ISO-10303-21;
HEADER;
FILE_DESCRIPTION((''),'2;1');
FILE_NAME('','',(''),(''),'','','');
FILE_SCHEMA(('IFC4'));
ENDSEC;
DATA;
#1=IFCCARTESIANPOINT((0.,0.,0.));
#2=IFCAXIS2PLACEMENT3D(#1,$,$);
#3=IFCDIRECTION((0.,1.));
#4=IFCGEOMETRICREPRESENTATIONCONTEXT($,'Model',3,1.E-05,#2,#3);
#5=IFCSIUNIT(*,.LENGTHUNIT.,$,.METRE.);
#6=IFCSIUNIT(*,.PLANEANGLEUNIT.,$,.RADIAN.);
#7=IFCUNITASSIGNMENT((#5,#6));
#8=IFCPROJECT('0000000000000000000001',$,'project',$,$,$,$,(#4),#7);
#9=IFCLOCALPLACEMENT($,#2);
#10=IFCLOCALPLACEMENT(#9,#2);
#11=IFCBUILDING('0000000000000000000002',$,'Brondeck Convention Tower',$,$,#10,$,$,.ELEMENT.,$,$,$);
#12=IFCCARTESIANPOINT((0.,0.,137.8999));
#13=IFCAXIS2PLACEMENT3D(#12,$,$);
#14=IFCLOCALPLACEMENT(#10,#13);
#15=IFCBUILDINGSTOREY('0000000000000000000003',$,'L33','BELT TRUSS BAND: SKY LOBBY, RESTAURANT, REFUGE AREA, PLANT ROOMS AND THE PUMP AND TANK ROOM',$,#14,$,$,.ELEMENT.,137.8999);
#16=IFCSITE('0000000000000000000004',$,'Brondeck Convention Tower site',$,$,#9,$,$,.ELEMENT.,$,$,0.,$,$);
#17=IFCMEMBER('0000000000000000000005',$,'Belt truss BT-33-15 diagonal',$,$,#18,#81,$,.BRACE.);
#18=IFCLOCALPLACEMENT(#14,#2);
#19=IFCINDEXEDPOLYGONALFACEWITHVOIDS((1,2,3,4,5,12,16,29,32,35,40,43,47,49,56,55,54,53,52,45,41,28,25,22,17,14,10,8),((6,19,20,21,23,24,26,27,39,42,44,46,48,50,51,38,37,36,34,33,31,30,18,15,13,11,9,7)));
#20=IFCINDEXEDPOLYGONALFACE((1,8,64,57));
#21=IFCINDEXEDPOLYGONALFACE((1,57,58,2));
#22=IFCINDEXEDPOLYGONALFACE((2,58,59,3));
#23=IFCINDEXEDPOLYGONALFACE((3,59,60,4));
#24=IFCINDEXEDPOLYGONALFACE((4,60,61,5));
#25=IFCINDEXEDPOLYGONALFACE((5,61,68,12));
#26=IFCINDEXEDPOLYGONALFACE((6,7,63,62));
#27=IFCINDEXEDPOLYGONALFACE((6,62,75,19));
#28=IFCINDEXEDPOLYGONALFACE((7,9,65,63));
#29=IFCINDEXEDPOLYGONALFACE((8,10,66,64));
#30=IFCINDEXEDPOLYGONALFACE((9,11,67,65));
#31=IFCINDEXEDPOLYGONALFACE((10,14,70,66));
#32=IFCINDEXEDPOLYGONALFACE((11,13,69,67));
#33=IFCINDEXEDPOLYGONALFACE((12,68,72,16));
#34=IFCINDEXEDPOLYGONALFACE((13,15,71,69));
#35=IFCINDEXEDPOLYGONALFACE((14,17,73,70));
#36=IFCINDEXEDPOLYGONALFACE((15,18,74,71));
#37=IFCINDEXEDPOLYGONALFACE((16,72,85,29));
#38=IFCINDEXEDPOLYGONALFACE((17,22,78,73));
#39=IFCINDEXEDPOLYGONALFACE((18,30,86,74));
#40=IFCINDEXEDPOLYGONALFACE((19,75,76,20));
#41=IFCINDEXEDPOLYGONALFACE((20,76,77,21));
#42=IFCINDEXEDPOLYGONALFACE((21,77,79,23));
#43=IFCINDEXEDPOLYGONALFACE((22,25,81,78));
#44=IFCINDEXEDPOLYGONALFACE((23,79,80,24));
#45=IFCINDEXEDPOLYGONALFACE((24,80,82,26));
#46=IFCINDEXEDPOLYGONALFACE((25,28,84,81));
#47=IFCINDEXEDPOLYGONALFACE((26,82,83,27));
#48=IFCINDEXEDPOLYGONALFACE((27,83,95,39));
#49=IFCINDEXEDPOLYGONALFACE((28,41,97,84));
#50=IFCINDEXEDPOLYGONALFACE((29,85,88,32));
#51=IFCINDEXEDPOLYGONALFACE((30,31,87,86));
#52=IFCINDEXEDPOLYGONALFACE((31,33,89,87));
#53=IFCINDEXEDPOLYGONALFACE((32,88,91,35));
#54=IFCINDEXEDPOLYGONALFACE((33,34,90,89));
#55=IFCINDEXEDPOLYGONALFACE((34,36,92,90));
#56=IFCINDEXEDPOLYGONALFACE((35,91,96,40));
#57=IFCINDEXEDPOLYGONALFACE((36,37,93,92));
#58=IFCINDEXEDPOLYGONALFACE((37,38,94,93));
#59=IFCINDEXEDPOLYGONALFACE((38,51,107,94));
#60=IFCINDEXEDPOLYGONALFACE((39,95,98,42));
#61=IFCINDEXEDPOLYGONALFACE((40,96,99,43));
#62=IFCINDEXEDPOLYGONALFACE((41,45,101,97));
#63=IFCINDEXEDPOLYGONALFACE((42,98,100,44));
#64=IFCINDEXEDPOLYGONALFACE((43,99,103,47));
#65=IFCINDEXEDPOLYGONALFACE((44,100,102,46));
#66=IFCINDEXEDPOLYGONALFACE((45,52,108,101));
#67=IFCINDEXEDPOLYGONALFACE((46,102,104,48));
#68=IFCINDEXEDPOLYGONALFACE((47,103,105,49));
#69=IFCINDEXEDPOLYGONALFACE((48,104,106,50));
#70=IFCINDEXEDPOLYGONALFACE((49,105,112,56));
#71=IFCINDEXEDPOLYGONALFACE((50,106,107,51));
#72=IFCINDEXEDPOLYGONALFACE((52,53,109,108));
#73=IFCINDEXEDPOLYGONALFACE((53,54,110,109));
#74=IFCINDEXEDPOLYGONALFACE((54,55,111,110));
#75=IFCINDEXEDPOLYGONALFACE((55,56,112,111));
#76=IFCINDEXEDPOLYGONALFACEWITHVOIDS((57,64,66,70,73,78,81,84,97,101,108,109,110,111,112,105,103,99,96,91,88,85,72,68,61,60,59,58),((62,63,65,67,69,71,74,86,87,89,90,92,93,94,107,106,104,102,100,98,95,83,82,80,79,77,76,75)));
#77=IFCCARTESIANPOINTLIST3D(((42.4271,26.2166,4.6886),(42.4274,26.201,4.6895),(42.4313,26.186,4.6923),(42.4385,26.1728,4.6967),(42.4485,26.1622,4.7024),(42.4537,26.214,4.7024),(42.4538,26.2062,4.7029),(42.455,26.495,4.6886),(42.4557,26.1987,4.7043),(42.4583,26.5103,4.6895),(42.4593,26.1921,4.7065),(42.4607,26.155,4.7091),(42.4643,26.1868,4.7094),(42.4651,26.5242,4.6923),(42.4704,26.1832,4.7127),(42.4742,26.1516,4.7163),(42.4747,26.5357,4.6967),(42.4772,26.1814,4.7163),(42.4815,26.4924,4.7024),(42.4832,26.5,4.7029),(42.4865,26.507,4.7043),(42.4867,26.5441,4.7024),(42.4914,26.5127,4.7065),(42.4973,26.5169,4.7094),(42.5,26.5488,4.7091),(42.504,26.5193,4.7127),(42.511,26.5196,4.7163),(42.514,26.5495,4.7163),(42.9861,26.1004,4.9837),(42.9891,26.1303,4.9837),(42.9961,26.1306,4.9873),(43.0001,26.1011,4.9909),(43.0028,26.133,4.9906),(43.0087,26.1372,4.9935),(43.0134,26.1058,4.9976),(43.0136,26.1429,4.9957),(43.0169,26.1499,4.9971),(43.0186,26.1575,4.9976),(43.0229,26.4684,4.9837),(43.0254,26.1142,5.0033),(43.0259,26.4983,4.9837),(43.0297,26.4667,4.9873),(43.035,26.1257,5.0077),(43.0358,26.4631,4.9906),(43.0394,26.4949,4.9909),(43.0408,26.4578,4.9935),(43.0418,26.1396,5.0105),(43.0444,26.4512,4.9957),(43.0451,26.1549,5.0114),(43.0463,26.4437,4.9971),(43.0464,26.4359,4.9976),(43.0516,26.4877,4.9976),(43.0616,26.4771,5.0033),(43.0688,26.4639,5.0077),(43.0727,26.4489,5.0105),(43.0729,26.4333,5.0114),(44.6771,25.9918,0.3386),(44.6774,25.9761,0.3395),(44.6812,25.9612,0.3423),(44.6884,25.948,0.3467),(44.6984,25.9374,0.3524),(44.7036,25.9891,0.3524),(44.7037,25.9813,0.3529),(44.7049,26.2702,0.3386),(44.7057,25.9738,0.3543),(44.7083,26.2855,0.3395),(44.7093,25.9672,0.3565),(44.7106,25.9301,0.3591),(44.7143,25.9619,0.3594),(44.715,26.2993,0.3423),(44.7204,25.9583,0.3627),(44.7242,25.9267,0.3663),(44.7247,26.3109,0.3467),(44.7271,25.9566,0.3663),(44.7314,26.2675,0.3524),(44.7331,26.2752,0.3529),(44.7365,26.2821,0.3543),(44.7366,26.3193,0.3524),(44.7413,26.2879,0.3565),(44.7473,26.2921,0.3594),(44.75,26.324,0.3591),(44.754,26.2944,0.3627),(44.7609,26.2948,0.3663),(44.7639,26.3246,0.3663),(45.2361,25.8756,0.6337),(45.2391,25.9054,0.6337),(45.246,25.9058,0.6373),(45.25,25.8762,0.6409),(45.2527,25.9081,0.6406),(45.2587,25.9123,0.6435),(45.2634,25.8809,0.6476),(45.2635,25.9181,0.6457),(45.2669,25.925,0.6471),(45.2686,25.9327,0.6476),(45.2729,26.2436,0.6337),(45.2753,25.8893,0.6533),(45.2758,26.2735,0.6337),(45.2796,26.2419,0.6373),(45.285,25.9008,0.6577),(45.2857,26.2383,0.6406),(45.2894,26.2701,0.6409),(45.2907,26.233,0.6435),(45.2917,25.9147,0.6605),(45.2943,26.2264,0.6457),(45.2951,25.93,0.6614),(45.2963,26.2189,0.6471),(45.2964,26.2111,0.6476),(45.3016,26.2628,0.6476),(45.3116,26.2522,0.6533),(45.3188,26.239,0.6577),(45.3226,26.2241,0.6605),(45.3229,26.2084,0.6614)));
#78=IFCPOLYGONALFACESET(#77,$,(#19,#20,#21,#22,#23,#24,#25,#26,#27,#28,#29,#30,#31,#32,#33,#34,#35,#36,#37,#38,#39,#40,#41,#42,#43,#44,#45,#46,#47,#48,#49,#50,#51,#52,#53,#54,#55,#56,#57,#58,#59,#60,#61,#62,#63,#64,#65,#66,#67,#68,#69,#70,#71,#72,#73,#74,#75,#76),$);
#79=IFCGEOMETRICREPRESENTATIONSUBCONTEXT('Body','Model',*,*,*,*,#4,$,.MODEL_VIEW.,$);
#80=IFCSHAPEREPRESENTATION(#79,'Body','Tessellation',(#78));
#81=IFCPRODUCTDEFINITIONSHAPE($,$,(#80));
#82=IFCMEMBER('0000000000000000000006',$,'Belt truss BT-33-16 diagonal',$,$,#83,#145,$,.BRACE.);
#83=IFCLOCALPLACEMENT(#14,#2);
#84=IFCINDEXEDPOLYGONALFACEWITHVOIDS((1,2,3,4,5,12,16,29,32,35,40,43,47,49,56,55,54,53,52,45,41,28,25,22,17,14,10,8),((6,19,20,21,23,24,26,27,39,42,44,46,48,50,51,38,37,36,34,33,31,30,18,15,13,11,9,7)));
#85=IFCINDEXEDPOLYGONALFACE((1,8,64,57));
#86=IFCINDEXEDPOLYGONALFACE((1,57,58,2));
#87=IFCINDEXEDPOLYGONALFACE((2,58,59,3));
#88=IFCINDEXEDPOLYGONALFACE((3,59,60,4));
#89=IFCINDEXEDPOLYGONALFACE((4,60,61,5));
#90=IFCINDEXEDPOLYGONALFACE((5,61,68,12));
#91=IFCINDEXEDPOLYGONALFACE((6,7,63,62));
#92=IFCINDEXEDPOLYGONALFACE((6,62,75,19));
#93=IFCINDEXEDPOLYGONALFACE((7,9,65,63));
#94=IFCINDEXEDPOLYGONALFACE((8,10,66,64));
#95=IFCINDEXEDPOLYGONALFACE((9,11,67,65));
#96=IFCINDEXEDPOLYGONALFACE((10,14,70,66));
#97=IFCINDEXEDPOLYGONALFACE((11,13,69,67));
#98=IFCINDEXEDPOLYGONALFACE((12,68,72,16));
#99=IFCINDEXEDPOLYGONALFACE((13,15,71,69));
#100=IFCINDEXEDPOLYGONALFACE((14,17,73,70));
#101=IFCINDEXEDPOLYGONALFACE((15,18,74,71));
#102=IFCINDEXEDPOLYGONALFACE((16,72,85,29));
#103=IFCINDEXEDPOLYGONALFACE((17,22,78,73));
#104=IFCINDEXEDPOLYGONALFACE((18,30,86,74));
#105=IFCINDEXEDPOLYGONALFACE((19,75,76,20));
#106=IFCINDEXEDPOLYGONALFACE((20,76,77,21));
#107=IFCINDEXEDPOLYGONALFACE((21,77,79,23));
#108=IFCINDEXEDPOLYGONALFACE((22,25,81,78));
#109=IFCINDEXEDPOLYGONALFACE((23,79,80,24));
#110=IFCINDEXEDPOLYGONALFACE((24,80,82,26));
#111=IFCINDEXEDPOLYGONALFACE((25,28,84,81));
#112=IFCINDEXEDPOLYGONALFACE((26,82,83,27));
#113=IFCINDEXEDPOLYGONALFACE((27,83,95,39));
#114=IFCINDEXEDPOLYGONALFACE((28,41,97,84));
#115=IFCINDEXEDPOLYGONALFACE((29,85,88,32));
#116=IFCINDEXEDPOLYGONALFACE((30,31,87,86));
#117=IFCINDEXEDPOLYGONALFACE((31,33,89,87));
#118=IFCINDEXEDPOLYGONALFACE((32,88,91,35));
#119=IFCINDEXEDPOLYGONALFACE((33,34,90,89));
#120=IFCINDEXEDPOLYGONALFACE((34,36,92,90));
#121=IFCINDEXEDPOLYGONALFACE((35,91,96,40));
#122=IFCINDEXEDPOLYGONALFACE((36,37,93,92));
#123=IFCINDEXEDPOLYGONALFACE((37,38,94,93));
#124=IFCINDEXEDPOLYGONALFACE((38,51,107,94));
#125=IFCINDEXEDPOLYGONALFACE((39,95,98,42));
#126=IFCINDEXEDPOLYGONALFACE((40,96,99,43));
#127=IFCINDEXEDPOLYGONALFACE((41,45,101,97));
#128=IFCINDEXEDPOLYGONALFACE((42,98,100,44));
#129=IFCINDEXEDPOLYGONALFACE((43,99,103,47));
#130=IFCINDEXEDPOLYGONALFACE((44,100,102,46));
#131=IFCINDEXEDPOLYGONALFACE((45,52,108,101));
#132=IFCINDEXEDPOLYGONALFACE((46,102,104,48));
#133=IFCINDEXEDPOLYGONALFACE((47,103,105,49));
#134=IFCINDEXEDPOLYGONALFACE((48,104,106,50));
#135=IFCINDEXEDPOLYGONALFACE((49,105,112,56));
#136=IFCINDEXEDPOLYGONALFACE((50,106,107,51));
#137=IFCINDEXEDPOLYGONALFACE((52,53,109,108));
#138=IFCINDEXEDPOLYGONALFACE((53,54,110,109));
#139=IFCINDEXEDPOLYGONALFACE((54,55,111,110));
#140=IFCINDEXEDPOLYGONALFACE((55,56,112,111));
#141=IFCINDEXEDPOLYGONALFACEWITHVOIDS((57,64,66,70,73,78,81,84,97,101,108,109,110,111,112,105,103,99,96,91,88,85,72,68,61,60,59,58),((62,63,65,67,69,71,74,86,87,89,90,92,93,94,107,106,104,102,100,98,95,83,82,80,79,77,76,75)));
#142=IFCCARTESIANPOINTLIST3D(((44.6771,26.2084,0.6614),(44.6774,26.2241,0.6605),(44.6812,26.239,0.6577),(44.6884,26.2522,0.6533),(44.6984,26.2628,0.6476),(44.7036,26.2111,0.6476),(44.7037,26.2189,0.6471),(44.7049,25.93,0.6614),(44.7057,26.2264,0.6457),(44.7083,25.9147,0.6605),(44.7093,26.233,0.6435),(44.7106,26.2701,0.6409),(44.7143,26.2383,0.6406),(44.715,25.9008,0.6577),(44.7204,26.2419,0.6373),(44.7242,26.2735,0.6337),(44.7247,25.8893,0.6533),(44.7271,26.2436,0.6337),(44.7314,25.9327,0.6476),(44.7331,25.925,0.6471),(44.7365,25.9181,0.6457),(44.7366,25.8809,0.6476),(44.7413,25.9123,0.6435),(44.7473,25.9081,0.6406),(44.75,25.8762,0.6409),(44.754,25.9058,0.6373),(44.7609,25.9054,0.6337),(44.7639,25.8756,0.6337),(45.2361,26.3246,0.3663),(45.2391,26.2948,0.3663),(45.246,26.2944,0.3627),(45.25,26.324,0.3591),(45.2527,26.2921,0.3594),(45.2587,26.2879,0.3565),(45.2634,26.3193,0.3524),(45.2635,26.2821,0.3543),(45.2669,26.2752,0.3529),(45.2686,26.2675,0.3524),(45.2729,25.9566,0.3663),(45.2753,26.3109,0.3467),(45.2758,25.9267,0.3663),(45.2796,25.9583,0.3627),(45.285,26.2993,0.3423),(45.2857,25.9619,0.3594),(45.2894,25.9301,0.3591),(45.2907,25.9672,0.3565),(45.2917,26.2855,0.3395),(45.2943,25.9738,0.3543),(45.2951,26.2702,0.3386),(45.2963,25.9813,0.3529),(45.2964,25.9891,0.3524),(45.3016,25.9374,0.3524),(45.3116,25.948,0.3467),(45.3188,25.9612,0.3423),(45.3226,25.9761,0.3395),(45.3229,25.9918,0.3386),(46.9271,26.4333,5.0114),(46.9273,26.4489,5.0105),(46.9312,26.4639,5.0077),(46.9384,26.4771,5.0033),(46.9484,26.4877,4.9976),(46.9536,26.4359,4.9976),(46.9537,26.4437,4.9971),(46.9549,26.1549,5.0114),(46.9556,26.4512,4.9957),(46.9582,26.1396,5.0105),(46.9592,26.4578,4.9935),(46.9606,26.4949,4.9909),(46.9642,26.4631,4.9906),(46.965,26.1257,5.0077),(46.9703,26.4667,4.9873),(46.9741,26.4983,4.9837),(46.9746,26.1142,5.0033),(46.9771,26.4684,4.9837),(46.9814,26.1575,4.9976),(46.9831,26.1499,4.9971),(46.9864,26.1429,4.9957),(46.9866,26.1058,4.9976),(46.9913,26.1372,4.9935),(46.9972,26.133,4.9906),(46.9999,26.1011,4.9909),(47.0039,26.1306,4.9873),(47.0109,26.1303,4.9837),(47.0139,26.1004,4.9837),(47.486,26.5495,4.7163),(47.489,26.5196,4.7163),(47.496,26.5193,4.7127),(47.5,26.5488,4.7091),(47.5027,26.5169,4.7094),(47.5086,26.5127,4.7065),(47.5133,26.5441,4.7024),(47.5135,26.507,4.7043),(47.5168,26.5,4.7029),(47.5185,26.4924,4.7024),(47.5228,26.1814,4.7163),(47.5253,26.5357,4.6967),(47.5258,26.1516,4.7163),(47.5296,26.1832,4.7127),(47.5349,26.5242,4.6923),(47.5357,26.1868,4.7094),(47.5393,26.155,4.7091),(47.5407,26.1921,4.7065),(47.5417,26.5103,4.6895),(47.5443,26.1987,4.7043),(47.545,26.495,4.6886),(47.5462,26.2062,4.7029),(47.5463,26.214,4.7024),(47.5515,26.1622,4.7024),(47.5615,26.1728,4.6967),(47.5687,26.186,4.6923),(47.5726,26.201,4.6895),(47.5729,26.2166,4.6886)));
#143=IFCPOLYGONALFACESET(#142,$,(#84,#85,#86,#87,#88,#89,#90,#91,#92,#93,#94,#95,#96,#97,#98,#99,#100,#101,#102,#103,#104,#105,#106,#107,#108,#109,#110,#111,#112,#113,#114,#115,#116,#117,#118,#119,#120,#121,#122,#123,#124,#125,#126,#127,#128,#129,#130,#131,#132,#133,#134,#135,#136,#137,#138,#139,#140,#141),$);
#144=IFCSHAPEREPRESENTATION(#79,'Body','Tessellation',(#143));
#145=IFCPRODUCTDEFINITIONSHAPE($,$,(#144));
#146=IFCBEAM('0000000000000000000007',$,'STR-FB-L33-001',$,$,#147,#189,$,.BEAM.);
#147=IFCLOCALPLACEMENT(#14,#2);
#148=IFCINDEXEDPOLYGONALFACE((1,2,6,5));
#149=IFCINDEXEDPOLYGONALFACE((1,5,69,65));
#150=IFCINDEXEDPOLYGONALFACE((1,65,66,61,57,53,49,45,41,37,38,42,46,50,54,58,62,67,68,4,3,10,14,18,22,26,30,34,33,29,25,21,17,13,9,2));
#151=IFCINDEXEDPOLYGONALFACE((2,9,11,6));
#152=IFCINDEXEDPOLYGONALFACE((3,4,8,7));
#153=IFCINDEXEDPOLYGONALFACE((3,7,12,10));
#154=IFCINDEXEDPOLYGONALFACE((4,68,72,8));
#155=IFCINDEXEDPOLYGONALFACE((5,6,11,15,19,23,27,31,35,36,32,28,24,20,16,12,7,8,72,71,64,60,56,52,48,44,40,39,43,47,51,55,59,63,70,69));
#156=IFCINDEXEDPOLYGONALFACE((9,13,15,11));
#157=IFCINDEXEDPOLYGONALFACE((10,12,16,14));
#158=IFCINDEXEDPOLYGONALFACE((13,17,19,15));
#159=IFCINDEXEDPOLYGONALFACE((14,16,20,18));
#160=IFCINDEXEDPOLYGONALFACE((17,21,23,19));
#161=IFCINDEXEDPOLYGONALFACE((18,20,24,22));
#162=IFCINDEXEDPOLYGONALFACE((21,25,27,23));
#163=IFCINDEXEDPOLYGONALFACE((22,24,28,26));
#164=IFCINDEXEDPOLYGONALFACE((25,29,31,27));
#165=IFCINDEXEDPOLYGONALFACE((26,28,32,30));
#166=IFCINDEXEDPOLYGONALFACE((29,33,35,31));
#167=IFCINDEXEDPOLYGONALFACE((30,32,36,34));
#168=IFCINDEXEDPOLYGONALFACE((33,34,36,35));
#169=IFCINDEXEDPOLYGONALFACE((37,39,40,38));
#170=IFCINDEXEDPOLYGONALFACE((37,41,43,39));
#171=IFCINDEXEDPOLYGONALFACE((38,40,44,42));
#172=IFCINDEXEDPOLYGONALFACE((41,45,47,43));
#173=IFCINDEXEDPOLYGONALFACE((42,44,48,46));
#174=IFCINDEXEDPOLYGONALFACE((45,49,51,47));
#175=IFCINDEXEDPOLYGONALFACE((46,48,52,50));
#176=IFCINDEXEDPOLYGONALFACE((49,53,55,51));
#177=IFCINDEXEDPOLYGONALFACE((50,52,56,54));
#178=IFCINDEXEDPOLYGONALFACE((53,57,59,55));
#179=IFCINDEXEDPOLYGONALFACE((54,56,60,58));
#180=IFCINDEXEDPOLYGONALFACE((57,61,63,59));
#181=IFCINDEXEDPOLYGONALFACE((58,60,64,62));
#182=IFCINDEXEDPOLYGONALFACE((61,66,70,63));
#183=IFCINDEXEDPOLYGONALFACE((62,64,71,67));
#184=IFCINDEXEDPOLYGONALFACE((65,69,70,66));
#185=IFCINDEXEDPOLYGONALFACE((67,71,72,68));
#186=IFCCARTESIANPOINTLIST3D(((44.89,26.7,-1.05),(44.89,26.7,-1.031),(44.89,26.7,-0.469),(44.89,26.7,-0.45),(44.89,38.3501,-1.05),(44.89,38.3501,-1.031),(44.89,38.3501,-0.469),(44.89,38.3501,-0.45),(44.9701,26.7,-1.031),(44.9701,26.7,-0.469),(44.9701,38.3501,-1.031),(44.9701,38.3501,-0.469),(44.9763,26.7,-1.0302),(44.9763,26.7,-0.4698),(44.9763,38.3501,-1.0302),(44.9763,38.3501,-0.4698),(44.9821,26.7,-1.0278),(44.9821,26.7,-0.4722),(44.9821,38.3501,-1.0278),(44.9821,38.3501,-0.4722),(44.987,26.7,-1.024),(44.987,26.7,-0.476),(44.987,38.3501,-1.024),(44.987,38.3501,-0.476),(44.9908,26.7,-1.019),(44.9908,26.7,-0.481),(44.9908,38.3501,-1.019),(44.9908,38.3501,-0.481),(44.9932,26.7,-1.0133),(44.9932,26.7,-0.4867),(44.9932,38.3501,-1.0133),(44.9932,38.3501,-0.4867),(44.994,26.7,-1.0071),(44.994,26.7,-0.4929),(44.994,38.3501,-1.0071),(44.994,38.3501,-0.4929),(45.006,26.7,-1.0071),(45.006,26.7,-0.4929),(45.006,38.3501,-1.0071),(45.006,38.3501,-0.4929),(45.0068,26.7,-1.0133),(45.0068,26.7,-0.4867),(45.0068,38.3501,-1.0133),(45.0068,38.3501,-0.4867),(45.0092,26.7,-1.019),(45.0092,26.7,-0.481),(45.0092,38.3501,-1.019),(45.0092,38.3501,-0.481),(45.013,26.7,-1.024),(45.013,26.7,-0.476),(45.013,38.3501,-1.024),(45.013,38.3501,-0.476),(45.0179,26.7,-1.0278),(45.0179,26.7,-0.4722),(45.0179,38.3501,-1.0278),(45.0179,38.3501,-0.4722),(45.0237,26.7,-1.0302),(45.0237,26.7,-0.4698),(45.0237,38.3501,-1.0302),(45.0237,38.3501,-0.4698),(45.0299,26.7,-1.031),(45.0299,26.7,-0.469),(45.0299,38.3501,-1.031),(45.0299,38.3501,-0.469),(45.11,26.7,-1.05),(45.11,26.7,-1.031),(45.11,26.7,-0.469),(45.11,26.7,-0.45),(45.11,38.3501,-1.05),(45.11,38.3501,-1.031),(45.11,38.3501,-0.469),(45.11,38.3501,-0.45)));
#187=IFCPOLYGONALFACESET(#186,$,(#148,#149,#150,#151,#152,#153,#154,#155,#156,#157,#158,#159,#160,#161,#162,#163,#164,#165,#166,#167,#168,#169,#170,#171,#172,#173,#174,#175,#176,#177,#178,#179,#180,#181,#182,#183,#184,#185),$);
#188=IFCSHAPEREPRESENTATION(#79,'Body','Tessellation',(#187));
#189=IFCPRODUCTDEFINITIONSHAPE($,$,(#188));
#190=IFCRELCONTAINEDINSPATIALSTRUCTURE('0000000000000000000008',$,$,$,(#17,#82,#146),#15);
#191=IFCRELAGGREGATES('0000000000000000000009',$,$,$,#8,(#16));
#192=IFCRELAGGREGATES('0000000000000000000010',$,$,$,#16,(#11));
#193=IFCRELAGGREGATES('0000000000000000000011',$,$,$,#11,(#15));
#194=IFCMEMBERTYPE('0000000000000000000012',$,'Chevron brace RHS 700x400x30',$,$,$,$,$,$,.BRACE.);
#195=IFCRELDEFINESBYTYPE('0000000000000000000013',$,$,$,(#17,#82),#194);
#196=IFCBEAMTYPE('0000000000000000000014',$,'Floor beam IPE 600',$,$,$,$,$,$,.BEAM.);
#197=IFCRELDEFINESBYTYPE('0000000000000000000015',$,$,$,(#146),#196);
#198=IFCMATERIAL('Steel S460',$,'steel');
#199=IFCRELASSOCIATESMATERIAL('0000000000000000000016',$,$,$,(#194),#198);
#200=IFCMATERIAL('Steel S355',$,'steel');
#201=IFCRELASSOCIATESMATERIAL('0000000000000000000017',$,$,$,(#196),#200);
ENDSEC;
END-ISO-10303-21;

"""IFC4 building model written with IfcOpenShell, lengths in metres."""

from ifc_helpers import new_model, si_unit, direction, frame, origin, origin_2d, place, context, subcontext, project, spatial, hollow_rectangle, i_section, extrude, material, material_profile, profile_set, type_object, element, save


model = new_model("IFC4")

# Units and contexts
model_context = context("Model", 3, precision=1e-05, world=origin(), true_north=direction((0.0, 1.0)))
body_context = subcontext(model_context, "Body", "Model", "MODEL_VIEW")
ifc_project = project(units=[si_unit("LENGTHUNIT", "METRE"), si_unit("PLANEANGLEUNIT", "RADIAN")], contexts=[model_context])

# Site, building, storey
site_placement = place(None, origin())
site = spatial("IfcSite", under=ifc_project, at=site_placement, Name="Brondeck Convention Tower site", CompositionType="ELEMENT", RefElevation=0.0)
building_placement = place(site_placement, origin())
building = spatial("IfcBuilding", under=site, at=building_placement, Name="Brondeck Convention Tower", CompositionType="ELEMENT")
storey_placement = place(building_placement, frame((0.0, 0.0, 137.8999)))
storey = spatial("IfcBuildingStorey", under=building, at=storey_placement, Name="L33", Description="BELT TRUSS BAND: SKY LOBBY, RESTAURANT, REFUGE AREA, PLANT ROOMS AND THE PUMP AND TANK ROOM", CompositionType="ELEMENT", Elevation=137.8999)

# Members
ifc_material_1 = material(Name="Steel S460", Category="steel")
ifc_material_profile_1 = material_profile(ifc_material_1, hollow_rectangle(XDim=0.3999, YDim=0.7, WallThickness=0.03, InnerFilletRadius=0.03, OuterFilletRadius=0.0601, at=origin_2d()), Name="RHS 700x400x30")
ifc_profile_set_1 = profile_set([ifc_material_profile_1], Name="Steel S460")
member_type_1 = type_object("IfcMemberType", Name="Chevron brace RHS 700x400x30", PredefinedType="BRACE", material=ifc_profile_set_1)
for number, where, z_axis, x_axis, name in (
    (1, (45.0, 26.1001, 0.5), (-0.458931, 0.045863, 0.887287), (-0.09944, -0.995044, 0.0), "Belt truss BT-33-15 diagonal"),
    (2, (45.0, 26.1001, 0.5), (0.458931, 0.045863, 0.887287), (-0.09944, 0.995044, 0.0), "Belt truss BT-33-16 diagonal"),
):
    element("IfcMember", number, at=place(storey_placement, frame(where, z_axis=z_axis, x_axis=x_axis)), inside=storey, type_object=member_type_1, Name=name, PredefinedType="BRACE", context=body_context, shape_type="SweptSolid", body=[
        extrude(hollow_rectangle(XDim=0.3999, YDim=0.7, WallThickness=0.03, InnerFilletRadius=0.03, OuterFilletRadius=0.0601, at=origin_2d()), origin(), (0.0, 0.0, 1.0), 4.9026),
    ])

# Beam
ifc_material_2 = material(Name="Steel S355", Category="steel")
ifc_material_profile_2 = material_profile(ifc_material_2, i_section(OverallWidth=0.22, OverallDepth=0.6001, WebThickness=0.012, FlangeThickness=0.019, FilletRadius=0.0239, at=origin_2d()), Name="IPE 600")
ifc_profile_set_2 = profile_set([ifc_material_profile_2], Name="Steel S355")
beam_type_1 = type_object("IfcBeamType", Name="Floor beam IPE 600", PredefinedType="BEAM", material=ifc_profile_set_2)
beam_1_placement = place(storey_placement, frame((45.0, 26.7, -0.75), z_axis=(0.0, 1.0, 0.0), x_axis=(-1.0, 0.0, 0.0)))
element("IfcBeam", 3, at=beam_1_placement, inside=storey, type_object=beam_type_1, Name="STR-FB-L33-001", PredefinedType="BEAM", context=body_context, shape_type="SweptSolid", body=[
    extrude(i_section(OverallWidth=0.22, OverallDepth=0.6001, WebThickness=0.012, FlangeThickness=0.019, FilletRadius=0.0239, at=origin_2d()), origin(), (0.0, 0.0, 1.0), 11.6501),
])

save(model, "model.ifc")
